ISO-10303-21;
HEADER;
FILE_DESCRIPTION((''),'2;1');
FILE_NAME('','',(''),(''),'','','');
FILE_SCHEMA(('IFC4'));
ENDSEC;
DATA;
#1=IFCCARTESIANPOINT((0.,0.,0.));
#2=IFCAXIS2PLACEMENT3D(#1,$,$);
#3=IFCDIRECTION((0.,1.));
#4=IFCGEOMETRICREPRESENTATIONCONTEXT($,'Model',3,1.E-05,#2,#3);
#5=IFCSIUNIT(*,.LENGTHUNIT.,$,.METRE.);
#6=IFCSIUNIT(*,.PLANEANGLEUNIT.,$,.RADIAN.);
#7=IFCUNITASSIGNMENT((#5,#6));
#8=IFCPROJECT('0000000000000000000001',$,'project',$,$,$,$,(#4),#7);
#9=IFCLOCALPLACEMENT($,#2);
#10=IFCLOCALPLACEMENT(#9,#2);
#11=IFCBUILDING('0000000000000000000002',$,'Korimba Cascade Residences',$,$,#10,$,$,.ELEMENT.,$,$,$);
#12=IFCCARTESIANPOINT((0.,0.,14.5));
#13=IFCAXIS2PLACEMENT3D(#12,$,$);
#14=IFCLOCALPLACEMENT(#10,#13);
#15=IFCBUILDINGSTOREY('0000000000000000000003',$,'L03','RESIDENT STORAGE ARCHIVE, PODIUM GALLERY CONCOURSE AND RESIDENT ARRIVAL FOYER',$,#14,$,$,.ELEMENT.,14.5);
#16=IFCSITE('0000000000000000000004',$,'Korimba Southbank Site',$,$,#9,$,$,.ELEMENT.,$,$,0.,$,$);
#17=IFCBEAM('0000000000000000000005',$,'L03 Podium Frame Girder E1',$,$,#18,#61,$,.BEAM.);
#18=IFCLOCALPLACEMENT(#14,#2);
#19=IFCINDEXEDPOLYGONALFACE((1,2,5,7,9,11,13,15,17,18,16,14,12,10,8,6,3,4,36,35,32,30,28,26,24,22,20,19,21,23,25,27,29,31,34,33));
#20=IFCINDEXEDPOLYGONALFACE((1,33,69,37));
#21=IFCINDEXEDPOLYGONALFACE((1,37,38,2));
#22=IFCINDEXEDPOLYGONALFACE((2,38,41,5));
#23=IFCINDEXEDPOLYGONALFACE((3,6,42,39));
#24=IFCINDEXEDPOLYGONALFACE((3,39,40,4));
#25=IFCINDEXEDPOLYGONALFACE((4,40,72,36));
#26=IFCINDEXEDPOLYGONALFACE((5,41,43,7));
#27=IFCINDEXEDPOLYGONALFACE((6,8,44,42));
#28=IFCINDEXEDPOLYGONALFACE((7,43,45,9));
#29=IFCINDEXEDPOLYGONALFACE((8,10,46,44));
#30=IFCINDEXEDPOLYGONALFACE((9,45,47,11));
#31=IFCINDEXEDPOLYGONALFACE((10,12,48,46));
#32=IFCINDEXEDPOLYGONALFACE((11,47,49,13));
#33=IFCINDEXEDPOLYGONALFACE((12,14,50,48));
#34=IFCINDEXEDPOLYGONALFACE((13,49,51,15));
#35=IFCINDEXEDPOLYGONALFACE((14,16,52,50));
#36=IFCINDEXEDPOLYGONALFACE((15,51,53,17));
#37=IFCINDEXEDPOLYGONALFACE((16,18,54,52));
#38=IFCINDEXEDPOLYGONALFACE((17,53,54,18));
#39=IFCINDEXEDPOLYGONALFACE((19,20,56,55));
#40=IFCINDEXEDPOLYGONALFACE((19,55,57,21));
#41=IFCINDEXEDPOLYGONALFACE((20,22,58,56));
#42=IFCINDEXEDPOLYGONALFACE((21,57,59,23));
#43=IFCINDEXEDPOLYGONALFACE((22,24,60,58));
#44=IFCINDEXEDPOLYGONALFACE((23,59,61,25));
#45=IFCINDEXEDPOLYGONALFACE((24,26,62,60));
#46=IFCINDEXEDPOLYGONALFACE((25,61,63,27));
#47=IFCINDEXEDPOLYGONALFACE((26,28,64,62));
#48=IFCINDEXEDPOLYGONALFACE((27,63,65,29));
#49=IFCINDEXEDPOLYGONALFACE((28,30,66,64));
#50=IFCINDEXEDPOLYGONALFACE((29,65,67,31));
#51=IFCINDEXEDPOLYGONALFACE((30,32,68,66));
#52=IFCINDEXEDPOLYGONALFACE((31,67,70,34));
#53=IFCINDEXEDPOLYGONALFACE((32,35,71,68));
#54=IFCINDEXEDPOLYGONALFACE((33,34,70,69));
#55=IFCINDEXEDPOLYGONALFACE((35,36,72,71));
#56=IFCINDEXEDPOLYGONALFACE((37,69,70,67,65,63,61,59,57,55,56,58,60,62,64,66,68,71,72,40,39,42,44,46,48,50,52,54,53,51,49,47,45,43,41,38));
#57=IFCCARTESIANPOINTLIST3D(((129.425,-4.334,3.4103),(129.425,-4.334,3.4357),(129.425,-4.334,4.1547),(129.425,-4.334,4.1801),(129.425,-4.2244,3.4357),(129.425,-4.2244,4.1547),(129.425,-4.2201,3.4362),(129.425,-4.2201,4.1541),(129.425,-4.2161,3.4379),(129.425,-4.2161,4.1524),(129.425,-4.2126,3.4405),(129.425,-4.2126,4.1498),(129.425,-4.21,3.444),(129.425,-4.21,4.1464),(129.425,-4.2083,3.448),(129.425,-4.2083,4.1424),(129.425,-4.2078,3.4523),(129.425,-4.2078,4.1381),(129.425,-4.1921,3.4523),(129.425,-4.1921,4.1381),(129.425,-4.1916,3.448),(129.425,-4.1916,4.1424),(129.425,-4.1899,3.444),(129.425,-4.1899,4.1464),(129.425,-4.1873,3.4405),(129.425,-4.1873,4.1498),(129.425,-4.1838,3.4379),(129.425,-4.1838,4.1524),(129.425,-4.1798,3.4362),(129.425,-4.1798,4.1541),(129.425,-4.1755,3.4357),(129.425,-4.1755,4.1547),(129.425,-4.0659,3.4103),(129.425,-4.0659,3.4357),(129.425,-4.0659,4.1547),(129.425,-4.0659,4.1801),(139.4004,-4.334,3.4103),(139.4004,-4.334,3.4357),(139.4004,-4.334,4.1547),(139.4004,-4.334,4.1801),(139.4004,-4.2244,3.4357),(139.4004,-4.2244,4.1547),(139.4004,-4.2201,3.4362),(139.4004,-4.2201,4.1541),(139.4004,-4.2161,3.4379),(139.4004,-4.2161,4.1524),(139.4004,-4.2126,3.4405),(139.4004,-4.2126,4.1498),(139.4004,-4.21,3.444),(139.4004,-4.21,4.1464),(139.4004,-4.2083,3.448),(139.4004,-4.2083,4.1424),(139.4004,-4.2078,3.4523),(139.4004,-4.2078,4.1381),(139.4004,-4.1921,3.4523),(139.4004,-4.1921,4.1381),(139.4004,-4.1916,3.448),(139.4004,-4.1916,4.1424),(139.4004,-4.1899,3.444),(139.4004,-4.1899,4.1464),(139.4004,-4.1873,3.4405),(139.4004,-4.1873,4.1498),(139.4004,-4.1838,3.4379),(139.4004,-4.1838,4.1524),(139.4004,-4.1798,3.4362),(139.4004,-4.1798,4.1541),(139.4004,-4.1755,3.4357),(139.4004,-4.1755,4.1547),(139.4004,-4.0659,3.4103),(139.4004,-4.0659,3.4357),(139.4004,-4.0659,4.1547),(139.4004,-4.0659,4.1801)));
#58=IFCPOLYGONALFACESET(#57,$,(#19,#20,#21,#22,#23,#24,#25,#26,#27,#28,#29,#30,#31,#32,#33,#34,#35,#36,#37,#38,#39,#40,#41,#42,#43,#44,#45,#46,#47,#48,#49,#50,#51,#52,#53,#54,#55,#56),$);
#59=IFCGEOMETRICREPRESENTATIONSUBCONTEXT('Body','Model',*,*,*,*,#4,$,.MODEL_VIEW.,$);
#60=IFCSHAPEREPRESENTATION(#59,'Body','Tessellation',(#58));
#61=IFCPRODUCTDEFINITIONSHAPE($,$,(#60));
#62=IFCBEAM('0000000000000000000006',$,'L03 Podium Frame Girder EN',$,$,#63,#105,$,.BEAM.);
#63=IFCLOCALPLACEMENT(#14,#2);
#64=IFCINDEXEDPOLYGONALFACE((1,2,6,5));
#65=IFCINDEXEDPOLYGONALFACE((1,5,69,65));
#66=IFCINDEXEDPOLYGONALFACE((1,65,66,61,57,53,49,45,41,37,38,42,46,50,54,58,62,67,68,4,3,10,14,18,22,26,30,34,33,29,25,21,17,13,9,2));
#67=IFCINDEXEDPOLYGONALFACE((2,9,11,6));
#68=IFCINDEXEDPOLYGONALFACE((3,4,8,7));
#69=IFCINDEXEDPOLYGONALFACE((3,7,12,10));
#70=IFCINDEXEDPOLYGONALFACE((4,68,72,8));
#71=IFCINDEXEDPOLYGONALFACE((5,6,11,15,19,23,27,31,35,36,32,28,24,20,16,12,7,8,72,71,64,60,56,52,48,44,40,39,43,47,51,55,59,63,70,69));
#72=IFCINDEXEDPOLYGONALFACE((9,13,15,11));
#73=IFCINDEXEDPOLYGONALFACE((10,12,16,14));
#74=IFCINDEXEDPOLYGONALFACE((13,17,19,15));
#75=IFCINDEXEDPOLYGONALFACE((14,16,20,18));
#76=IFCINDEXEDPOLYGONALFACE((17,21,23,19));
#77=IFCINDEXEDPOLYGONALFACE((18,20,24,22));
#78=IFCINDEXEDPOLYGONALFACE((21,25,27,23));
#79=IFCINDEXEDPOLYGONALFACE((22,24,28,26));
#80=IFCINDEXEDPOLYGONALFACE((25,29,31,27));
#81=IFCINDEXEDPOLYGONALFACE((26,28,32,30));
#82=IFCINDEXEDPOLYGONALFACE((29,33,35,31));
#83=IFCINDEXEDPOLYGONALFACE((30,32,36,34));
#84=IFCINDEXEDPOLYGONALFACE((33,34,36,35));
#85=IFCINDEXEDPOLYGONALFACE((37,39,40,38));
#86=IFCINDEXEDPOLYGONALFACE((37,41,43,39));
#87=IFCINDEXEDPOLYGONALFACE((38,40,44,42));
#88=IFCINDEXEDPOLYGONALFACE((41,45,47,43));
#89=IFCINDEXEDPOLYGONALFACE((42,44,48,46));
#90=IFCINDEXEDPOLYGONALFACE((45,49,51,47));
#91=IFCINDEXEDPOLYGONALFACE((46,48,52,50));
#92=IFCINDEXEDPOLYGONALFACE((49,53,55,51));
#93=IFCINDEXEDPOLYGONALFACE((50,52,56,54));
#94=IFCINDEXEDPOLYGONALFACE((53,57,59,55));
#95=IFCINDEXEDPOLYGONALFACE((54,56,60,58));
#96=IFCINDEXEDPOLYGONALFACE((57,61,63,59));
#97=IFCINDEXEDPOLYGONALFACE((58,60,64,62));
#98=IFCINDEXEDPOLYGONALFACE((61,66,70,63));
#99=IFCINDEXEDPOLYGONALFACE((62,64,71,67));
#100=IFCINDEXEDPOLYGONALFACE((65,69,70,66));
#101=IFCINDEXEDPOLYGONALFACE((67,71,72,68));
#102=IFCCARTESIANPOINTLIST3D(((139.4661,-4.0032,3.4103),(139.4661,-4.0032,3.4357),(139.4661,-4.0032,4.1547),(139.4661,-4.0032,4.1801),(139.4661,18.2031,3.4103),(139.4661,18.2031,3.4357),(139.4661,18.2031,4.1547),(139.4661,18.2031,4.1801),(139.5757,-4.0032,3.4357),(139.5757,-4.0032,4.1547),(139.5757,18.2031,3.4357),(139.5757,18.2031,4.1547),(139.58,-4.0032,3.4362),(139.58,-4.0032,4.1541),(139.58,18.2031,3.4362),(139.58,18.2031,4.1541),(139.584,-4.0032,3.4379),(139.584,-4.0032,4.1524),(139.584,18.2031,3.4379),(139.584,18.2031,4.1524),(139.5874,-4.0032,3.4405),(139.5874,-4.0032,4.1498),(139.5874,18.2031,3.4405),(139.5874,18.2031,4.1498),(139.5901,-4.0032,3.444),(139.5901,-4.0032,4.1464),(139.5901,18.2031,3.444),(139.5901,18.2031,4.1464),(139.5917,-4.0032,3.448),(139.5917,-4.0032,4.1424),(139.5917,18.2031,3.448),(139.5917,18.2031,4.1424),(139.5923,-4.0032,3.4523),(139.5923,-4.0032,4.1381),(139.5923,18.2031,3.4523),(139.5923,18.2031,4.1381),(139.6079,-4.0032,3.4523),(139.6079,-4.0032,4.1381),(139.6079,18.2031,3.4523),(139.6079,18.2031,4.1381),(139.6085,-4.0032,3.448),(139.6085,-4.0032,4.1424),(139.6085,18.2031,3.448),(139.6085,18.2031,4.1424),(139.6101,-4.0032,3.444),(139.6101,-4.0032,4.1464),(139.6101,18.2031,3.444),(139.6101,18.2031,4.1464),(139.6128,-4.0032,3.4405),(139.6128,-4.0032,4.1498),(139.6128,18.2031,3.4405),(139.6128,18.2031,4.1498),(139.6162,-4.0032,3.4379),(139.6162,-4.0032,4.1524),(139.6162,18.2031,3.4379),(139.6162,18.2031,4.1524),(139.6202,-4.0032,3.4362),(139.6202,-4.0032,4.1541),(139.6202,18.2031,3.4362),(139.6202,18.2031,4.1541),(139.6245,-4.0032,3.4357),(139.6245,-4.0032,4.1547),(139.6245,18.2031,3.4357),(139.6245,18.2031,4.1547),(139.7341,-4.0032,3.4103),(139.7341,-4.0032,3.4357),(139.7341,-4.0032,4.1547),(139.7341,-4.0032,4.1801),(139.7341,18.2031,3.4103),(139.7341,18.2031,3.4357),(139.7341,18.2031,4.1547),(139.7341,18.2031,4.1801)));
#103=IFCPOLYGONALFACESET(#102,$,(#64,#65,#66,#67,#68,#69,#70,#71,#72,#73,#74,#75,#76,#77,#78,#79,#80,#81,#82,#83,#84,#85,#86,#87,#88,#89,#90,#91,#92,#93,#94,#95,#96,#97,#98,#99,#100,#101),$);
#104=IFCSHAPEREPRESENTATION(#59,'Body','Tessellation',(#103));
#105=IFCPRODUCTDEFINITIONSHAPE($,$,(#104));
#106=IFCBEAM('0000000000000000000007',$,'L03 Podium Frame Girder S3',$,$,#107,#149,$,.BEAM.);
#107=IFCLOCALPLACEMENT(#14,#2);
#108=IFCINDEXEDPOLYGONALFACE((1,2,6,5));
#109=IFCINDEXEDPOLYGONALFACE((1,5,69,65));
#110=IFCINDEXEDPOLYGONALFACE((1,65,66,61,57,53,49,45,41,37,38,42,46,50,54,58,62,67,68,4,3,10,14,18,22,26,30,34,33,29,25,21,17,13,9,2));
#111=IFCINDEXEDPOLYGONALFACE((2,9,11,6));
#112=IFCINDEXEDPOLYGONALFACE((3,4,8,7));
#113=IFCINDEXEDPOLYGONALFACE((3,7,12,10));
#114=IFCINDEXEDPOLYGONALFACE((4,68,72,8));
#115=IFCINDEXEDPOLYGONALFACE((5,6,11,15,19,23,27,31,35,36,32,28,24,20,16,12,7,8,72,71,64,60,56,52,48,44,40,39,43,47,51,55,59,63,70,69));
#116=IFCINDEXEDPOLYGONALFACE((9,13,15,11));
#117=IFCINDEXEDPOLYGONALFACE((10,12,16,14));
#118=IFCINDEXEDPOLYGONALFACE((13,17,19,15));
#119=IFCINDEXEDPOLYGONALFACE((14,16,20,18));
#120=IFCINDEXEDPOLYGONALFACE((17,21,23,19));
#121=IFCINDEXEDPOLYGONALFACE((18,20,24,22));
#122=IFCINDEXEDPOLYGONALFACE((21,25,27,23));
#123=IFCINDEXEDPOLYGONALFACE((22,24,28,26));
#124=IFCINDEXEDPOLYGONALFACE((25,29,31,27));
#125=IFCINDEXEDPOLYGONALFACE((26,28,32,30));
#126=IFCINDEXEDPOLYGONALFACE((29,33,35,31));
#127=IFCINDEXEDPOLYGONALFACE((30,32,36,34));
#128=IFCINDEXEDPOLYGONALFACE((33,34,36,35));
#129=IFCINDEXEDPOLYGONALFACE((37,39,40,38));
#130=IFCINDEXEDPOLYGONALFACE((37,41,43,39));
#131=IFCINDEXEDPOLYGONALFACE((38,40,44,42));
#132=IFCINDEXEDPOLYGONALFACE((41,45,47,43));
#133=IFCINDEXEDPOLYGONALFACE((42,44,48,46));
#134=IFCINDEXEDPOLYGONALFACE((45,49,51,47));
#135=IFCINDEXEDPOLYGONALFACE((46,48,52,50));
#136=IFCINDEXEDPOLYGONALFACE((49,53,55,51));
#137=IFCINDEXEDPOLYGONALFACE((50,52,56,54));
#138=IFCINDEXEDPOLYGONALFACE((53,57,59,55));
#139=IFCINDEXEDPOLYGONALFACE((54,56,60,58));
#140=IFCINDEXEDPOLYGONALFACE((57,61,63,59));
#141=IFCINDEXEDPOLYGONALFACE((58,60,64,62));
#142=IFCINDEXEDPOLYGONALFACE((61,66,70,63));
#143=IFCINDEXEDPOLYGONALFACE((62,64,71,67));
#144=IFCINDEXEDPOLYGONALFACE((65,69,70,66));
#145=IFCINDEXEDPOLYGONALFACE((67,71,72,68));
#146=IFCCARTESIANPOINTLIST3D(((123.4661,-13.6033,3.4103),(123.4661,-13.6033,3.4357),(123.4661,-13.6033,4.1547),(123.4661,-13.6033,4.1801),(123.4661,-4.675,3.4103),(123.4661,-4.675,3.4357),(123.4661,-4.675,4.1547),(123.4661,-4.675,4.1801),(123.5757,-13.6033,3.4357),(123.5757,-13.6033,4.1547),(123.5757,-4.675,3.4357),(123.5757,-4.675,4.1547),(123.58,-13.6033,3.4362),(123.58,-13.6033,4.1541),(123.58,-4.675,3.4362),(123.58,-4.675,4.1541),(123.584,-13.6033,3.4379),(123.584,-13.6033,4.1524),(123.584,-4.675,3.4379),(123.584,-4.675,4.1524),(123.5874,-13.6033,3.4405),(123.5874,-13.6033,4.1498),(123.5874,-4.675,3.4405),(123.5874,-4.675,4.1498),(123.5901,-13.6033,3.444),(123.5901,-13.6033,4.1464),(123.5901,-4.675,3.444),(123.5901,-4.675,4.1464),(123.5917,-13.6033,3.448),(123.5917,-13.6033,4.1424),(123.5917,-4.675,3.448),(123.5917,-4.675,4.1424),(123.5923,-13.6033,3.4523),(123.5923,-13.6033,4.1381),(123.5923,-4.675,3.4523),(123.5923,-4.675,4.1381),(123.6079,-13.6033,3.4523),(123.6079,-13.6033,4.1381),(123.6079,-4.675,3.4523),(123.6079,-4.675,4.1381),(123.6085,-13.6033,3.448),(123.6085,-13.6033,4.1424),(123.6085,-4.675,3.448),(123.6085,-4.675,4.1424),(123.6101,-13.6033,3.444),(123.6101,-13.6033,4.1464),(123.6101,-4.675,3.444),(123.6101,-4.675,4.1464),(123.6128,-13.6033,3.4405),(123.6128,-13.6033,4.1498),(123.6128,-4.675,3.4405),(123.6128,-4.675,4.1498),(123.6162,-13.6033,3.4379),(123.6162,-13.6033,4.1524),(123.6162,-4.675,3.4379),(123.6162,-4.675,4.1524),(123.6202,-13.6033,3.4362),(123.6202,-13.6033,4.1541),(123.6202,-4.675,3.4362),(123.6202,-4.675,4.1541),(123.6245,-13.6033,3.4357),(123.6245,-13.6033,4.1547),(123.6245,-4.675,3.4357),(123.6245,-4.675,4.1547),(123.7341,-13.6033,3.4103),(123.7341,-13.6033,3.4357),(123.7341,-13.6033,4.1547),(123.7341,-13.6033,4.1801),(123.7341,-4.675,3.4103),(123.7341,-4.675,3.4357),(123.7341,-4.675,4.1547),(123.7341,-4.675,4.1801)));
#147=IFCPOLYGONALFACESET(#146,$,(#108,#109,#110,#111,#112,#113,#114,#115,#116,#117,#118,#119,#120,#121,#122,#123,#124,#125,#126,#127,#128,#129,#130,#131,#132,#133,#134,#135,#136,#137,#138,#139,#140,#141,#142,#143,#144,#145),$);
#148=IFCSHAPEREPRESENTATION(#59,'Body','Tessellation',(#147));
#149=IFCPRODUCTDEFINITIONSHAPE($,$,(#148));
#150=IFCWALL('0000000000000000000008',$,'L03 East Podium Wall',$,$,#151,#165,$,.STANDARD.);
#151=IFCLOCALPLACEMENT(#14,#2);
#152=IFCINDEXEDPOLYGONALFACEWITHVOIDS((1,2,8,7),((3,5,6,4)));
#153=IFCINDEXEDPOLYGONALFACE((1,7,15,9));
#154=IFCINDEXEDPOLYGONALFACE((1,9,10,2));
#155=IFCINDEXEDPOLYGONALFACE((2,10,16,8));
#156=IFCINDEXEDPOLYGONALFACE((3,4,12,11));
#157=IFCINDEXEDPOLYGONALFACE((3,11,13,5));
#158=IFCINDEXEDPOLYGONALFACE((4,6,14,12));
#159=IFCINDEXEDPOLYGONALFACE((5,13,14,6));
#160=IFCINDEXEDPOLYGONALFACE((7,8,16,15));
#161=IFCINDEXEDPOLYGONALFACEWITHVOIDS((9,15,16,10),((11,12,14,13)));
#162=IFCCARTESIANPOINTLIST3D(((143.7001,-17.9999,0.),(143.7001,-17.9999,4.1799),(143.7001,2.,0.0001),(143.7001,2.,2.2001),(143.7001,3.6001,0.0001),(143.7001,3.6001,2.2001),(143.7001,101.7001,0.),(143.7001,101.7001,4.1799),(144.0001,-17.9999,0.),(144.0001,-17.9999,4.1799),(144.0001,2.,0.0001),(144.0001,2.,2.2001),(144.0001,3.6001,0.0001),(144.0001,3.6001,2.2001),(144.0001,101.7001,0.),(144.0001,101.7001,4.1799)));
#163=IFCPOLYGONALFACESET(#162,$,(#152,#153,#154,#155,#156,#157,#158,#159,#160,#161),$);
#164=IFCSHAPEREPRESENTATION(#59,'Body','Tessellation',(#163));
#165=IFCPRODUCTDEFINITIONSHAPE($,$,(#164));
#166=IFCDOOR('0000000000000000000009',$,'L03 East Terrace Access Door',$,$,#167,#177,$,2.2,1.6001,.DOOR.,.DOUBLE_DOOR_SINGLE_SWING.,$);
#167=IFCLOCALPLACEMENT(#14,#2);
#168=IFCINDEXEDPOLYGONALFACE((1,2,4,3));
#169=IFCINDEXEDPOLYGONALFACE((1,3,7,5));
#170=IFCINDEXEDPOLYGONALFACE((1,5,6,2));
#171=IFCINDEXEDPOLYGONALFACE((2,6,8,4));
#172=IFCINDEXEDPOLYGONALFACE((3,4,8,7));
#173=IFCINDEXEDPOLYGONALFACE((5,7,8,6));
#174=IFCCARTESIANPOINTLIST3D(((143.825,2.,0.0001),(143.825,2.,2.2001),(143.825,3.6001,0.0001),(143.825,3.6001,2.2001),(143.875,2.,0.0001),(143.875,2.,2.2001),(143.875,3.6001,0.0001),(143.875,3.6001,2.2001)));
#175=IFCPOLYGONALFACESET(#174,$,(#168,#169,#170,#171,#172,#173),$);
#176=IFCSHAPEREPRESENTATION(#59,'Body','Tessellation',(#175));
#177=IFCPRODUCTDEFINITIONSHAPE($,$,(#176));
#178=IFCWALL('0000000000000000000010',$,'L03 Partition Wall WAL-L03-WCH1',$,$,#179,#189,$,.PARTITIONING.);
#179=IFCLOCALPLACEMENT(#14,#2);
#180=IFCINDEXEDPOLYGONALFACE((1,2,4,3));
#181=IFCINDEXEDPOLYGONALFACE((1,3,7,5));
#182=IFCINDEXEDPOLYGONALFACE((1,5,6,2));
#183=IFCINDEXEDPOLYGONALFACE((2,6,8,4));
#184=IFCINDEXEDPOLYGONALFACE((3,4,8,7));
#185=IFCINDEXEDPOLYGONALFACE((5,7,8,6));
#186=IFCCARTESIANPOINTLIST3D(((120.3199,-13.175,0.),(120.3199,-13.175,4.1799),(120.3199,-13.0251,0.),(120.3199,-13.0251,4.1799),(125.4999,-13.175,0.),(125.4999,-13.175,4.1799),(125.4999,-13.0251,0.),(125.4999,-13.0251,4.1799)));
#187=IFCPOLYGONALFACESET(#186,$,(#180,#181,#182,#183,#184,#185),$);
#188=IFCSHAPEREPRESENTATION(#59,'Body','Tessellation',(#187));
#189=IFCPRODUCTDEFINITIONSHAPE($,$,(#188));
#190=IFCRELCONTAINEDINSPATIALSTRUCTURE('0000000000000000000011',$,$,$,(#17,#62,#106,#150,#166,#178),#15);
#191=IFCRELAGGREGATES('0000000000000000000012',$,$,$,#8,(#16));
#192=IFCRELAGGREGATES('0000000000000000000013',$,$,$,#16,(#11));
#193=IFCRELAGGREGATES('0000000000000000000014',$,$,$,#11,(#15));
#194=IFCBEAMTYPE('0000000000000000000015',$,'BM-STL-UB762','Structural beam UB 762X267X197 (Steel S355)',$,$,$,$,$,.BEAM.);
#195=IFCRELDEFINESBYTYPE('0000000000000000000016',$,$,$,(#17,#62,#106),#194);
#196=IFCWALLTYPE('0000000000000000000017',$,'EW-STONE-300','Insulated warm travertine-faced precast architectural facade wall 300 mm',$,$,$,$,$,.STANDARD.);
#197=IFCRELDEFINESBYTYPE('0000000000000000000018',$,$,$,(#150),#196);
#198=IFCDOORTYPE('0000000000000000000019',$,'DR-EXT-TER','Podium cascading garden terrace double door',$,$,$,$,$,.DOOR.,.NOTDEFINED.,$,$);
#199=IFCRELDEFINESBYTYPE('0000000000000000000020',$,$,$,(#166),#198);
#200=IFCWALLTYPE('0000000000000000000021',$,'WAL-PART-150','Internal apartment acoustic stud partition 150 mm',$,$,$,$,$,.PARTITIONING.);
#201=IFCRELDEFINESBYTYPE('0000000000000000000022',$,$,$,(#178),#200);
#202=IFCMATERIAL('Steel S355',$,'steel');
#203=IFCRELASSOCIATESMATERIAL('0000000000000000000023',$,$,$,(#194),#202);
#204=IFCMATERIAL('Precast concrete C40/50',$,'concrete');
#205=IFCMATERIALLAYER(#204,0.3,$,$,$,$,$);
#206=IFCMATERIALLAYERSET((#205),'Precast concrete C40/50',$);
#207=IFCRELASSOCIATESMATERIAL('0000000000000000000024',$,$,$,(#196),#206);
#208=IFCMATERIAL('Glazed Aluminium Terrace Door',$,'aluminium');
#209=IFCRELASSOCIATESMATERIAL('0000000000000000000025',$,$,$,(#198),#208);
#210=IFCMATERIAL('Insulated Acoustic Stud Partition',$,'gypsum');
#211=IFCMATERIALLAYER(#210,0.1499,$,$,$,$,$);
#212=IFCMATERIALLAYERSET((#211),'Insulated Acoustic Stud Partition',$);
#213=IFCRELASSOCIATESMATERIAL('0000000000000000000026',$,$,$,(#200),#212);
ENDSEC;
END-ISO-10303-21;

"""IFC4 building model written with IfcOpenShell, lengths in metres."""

from ifc_helpers import new_model, si_unit, direction, frame, frame_2d, origin, origin_2d, place, context, subcontext, project, spatial, rectangle, i_section, extrude, material, layer, layer_set, material_profile, profile_set, type_object, element, fill, save


model = new_model("IFC4")

# Units and contexts
model_context = context("Model", 3, precision=1e-05, world=origin(), true_north=direction((0.0, 1.0)))
body_context = subcontext(model_context, "Body", "Model", "MODEL_VIEW")
ifc_project = project(units=[si_unit("LENGTHUNIT", "METRE"), si_unit("PLANEANGLEUNIT", "RADIAN")], contexts=[model_context])

# Site, building, storey
site_placement = place(None, origin())
site = spatial("IfcSite", under=ifc_project, at=site_placement, Name="Korimba Southbank Site", CompositionType="ELEMENT", RefElevation=0.0)
building_placement = place(site_placement, origin())
building = spatial("IfcBuilding", under=site, at=building_placement, Name="Korimba Cascade Residences", CompositionType="ELEMENT")
storey_placement = place(building_placement, frame((0.0, 0.0, 14.5)))
storey = spatial("IfcBuildingStorey", under=building, at=storey_placement, Name="L03", Description="RESIDENT STORAGE ARCHIVE, PODIUM GALLERY CONCOURSE AND RESIDENT ARRIVAL FOYER", CompositionType="ELEMENT", Elevation=14.5)

# Shared definitions
ifc_material_1 = material(Name="Steel S355", Category="steel")

# Beams
ifc_material_profile_1 = material_profile(ifc_material_1, i_section(OverallWidth=0.2681, OverallDepth=0.7698, WebThickness=0.0156, FlangeThickness=0.0254, FilletRadius=0.0166, at=origin_2d()), Name="Steel S355")
ifc_profile_set_1 = profile_set([ifc_material_profile_1], Name="Steel S355")
beam_type_1 = type_object("IfcBeamType", Name="BM-STL-UB762", Description="Structural beam UB 762X267X197 (Steel S355)", PredefinedType="BEAM", material=ifc_profile_set_1)
beam_1_placement = place(storey_placement, frame((129.425, -4.2, 3.7952), z_axis=(1.0, 0.0, 0.0), x_axis=(0.0, 1.0, 0.0)))
element("IfcBeam", 1, at=beam_1_placement, inside=storey, type_object=beam_type_1, Name="L03 Podium Frame Girder E1", PredefinedType="BEAM", context=body_context, shape_type="SweptSolid", body=[
    extrude(i_section(OverallWidth=0.2681, OverallDepth=0.7698, WebThickness=0.0156, FlangeThickness=0.0254, FilletRadius=0.0166, at=origin_2d()), origin(), (0.0, 0.0, 1.0), 9.9753),
])
beam_2_placement = place(storey_placement, frame((139.6001, -4.0032, 3.7952), z_axis=(0.0, 1.0, 0.0), x_axis=(-1.0, 0.0, 0.0)))
element("IfcBeam", 2, at=beam_2_placement, inside=storey, type_object=beam_type_1, Name="L03 Podium Frame Girder EN", PredefinedType="BEAM", context=body_context, shape_type="SweptSolid", body=[
    extrude(i_section(OverallWidth=0.2681, OverallDepth=0.7698, WebThickness=0.0156, FlangeThickness=0.0254, FilletRadius=0.0166, at=origin_2d()), origin(), (0.0, 0.0, 1.0), 22.2063),
])
beam_3_placement = place(storey_placement, frame((123.6001, -13.6033, 3.7952), z_axis=(0.0, 1.0, 0.0), x_axis=(-1.0, 0.0, 0.0)))
element("IfcBeam", 3, at=beam_3_placement, inside=storey, type_object=beam_type_1, Name="L03 Podium Frame Girder S3", PredefinedType="BEAM", context=body_context, shape_type="SweptSolid", body=[
    extrude(i_section(OverallWidth=0.2681, OverallDepth=0.7698, WebThickness=0.0156, FlangeThickness=0.0254, FilletRadius=0.0166, at=origin_2d()), origin(), (0.0, 0.0, 1.0), 8.9282),
])

# Wall, opening, door
ifc_material_2 = material(Name="Precast concrete C40/50", Category="concrete")
ifc_layer_1 = layer(ifc_material_2, 0.3)
ifc_layer_set_1 = layer_set([ifc_layer_1], Name="Precast concrete C40/50")
wall_type_1 = type_object("IfcWallType", Name="EW-STONE-300", Description="Insulated warm travertine-faced precast architectural facade wall 300 mm", PredefinedType="STANDARD", material=ifc_layer_set_1)
wall_1_placement = place(storey_placement, frame((143.8501, -18.0, 0.0), z_axis=(0.0, 0.0, 1.0), x_axis=(0.0, 1.0, 0.0)))
wall_1 = element("IfcWall", 4, at=wall_1_placement, inside=storey, type_object=wall_type_1, Name="L03 East Podium Wall", PredefinedType="STANDARD", context=body_context, shape_type="SweptSolid", body=[
    extrude(rectangle(XDim=119.7, YDim=0.3, at=frame_2d((59.8501, 0.0))), origin(), (0.0, 0.0, 1.0), 4.1799),
])
opening_1_placement = place(wall_1_placement, frame((20.0, 0.0, 0.0)))
opening_1 = element("IfcOpeningElement", 5, at=opening_1_placement, cuts=wall_1, PredefinedType="OPENING", context=body_context, shape_type="SweptSolid", body=[
    extrude(rectangle(XDim=1.6001, YDim=2.2, at=frame_2d((0.8, 1.1001))), frame((0.0, 0.1602, 0.0), z_axis=(0.0, -1.0, 0.0), x_axis=(1.0, 0.0, 0.0)), (0.0, 0.0, 1.0), 0.3201),
])
ifc_material_3 = material(Name="Glazed Aluminium Terrace Door", Category="aluminium")
door_type_1 = type_object("IfcDoorType", Name="DR-EXT-TER", Description="Podium cascading garden terrace double door", OperationType="NOTDEFINED", PredefinedType="DOOR", material=ifc_material_3)
door_1_placement = place(opening_1_placement, frame((1.6001, 0.0, 0.0), z_axis=(0.0, 0.0, 1.0), x_axis=(-1.0, 0.0, 0.0)))
door_1 = element("IfcDoor", 6, at=door_1_placement, inside=storey, type_object=door_type_1, Name="L03 East Terrace Access Door", OperationType="DOUBLE_DOOR_SINGLE_SWING", OverallHeight=2.2, OverallWidth=1.6001, PredefinedType="DOOR", context=body_context, shape_type="SweptSolid", body=[
    extrude(rectangle(XDim=1.6001, YDim=2.2, at=frame_2d((0.8, 1.1001))), frame((0.0, 0.0249, 0.0), z_axis=(0.0, -1.0, 0.0), x_axis=(1.0, 0.0, 0.0)), (0.0, 0.0, 1.0), 0.05),
])
fill(opening_1, door_1)

# Wall
ifc_material_4 = material(Name="Insulated Acoustic Stud Partition", Category="gypsum")
ifc_layer_2 = layer(ifc_material_4, 0.1499)
ifc_layer_set_2 = layer_set([ifc_layer_2], Name="Insulated Acoustic Stud Partition")
wall_type_2 = type_object("IfcWallType", Name="WAL-PART-150", Description="Internal apartment acoustic stud partition 150 mm", PredefinedType="PARTITIONING", material=ifc_layer_set_2)
for number, where, z_axis, x_axis, name in (
    (7, (120.3201, -13.1001, 0.0), (0.0, 0.0, 1.0), (1.0, 0.0, 0.0), "L03 Partition Wall WAL-L03-WCH1"),
):
    element("IfcWall", number, at=place(storey_placement, frame(where, z_axis=z_axis, x_axis=x_axis)), inside=storey, type_object=wall_type_2, Name=name, PredefinedType="PARTITIONING", context=body_context, shape_type="SweptSolid", body=[
        extrude(rectangle(XDim=5.1799, YDim=0.1499, at=frame_2d((2.5898, 0.0))), origin(), (0.0, 0.0, 1.0), 4.1799),
    ])

save(model, "model.ifc")
